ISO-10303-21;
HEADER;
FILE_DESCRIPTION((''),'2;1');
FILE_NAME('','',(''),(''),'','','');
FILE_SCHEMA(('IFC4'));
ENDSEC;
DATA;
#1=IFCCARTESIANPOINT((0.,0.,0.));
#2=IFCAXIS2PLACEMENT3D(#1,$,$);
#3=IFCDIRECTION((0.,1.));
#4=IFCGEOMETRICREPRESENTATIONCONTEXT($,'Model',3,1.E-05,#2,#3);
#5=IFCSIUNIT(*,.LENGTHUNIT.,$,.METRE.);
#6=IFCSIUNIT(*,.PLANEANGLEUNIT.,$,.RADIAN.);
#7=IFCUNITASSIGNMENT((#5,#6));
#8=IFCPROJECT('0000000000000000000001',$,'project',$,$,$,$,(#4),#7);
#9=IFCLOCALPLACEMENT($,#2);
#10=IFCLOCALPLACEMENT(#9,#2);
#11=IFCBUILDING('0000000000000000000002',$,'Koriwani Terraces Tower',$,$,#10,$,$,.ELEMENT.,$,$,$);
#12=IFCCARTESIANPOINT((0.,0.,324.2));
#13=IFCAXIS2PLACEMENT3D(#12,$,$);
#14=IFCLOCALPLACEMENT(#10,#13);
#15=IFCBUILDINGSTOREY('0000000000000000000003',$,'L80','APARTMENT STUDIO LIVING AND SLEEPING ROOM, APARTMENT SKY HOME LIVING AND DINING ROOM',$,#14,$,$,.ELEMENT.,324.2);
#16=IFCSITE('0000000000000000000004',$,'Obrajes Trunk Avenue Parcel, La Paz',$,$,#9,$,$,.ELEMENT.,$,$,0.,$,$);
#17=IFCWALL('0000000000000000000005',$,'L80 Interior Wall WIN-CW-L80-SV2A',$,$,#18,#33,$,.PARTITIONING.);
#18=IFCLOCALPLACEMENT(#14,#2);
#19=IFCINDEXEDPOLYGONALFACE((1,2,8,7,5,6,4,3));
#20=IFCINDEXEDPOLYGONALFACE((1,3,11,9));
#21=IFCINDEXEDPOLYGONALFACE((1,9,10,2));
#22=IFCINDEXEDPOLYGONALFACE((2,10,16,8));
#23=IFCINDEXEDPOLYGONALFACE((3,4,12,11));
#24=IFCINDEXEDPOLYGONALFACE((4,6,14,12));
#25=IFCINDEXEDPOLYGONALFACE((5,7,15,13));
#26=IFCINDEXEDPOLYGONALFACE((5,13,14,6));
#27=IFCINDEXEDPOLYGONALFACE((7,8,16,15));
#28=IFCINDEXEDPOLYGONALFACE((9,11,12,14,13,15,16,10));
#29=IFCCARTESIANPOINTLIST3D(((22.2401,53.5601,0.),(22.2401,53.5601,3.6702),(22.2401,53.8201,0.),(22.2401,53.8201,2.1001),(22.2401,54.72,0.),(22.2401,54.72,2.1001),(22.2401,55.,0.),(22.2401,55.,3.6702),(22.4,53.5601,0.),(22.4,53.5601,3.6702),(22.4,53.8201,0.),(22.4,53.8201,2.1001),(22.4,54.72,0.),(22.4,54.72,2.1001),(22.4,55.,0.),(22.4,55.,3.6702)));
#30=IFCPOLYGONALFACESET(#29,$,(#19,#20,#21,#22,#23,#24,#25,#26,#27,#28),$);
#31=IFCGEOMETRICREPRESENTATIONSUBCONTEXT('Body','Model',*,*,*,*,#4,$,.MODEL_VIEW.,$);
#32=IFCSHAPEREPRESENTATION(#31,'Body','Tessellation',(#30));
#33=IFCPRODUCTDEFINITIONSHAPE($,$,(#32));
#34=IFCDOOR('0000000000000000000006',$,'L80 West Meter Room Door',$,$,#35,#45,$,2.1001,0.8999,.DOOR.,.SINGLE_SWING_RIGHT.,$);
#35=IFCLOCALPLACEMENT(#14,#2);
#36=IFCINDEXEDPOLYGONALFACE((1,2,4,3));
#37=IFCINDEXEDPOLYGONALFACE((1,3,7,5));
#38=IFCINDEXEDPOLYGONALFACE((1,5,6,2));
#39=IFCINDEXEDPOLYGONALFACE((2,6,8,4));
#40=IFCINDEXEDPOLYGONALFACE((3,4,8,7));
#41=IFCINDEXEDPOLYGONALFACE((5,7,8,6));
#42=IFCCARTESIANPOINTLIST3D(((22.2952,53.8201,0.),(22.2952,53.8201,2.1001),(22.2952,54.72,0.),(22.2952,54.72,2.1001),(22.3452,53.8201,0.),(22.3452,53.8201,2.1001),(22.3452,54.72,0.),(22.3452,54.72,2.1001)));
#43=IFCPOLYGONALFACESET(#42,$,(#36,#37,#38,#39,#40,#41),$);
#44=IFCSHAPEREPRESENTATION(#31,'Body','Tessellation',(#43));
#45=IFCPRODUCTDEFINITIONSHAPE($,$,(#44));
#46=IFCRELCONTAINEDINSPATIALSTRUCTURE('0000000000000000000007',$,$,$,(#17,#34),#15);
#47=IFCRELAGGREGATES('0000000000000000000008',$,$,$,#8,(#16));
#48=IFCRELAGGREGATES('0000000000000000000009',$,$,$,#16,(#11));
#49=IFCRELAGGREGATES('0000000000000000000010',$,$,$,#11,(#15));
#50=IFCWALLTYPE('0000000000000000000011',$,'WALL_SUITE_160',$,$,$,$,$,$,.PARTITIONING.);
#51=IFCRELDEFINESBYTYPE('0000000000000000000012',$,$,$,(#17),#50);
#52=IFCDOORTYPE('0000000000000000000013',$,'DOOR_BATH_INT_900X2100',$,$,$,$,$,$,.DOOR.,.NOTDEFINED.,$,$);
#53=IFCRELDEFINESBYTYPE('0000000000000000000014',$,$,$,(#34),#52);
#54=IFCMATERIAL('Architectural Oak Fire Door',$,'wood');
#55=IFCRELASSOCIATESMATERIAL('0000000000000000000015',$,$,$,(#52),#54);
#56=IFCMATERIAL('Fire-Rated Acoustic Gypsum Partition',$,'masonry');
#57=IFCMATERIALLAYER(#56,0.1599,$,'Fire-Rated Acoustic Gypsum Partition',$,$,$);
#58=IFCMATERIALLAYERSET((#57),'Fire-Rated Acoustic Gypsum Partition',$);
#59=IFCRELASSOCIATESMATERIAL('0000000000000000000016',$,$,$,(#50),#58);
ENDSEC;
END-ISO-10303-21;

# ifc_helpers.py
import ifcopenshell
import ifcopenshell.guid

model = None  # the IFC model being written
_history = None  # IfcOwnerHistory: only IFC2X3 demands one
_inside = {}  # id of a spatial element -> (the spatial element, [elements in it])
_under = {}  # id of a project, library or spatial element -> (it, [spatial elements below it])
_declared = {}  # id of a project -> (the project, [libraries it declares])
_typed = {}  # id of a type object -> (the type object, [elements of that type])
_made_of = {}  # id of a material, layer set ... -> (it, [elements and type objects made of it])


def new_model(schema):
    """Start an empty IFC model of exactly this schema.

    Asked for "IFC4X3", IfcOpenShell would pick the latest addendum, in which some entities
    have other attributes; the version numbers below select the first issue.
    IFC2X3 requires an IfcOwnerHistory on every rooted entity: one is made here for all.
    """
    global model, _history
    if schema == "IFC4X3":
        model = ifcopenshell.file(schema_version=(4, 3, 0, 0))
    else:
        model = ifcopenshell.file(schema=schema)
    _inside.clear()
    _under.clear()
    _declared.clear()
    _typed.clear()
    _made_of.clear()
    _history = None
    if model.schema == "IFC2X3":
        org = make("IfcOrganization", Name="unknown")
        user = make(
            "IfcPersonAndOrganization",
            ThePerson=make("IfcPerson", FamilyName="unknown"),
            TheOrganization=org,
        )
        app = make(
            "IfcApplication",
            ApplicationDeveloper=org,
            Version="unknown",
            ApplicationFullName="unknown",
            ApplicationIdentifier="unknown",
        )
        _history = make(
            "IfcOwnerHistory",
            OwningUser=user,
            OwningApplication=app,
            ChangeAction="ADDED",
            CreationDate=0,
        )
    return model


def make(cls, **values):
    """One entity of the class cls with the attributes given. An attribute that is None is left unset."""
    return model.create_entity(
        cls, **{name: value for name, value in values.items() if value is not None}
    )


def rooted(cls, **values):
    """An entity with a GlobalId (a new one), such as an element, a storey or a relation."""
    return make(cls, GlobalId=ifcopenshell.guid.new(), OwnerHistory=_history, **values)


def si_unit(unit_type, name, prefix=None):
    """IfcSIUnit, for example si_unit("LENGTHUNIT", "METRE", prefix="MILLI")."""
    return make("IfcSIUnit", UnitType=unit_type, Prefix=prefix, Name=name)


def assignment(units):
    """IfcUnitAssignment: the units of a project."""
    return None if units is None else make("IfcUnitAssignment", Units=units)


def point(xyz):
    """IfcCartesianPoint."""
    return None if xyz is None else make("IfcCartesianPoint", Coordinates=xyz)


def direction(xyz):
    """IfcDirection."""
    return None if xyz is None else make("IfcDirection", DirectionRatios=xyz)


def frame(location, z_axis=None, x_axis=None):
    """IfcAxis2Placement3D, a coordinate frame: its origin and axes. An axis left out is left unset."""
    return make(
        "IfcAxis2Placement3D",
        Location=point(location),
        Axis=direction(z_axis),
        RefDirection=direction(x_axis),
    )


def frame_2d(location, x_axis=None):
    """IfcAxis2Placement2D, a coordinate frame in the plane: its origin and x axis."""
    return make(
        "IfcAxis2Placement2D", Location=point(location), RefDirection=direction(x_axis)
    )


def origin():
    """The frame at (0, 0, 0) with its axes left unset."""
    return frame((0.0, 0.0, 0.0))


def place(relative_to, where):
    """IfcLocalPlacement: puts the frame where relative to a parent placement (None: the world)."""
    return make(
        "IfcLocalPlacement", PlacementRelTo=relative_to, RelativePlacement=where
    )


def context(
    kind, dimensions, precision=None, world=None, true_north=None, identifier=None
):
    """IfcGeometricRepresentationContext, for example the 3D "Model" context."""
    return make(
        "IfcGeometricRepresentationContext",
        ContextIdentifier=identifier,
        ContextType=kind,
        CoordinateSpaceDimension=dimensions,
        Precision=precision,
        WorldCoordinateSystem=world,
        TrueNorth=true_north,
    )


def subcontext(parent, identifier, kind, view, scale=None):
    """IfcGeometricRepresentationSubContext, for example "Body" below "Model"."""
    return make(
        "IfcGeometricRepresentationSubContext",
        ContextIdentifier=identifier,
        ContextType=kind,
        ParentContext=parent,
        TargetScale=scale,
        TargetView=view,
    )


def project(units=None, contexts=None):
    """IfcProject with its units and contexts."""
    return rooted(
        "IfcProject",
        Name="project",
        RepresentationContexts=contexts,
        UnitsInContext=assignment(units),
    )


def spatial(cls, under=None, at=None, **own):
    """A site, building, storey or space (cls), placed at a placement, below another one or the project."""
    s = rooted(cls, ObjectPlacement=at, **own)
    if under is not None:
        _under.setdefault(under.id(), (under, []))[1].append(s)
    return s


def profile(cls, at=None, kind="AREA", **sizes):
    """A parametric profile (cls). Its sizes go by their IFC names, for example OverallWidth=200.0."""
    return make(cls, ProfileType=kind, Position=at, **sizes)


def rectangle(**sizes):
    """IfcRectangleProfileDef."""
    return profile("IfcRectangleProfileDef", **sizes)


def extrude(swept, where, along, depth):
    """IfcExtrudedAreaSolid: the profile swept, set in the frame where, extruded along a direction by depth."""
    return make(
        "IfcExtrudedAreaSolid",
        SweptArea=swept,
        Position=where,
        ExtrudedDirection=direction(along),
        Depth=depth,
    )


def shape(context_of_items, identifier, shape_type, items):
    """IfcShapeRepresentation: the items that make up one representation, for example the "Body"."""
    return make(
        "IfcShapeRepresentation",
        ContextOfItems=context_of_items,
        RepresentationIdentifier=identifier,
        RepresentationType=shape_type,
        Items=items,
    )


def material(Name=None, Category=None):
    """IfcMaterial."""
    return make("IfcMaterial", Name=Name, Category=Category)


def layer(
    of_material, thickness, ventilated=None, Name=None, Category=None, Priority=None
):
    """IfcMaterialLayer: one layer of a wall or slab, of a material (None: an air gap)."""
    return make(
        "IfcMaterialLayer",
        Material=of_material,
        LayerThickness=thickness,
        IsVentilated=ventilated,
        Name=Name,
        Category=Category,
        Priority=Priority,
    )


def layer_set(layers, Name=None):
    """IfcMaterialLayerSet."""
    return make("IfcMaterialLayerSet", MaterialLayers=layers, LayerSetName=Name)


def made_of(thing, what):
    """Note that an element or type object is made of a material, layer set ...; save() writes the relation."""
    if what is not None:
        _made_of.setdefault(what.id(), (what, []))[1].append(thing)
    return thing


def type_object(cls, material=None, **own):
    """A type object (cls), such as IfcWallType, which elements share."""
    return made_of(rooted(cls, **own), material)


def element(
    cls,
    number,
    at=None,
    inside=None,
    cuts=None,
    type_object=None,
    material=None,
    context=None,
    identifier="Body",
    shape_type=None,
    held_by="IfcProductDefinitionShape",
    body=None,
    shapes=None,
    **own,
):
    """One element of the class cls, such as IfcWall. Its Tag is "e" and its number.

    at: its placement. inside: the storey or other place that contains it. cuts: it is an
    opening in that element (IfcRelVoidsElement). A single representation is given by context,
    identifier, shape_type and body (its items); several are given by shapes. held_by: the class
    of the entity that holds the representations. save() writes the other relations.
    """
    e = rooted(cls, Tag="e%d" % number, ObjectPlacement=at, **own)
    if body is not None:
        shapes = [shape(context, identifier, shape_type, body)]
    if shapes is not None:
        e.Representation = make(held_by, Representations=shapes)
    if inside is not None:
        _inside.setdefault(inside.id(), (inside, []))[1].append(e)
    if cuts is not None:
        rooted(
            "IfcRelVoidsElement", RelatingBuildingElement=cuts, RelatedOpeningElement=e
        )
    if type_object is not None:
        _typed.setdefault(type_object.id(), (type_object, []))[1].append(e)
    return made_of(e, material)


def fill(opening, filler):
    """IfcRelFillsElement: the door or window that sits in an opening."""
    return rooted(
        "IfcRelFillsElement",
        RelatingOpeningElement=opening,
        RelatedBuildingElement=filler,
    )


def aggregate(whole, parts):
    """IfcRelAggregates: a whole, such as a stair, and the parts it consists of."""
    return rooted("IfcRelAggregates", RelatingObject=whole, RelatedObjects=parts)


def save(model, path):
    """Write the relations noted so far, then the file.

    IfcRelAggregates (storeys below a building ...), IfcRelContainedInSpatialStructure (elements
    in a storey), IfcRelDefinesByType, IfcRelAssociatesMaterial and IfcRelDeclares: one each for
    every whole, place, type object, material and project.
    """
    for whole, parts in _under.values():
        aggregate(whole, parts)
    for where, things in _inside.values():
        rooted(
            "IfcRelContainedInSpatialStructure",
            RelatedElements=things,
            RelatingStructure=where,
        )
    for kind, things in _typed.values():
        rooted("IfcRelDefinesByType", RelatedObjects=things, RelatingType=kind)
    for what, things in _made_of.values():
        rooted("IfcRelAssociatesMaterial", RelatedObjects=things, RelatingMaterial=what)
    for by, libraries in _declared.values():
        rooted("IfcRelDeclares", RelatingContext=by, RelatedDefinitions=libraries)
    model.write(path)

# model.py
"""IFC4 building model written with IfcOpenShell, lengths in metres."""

from ifc_helpers import new_model, si_unit, direction, frame, frame_2d, origin, place, context, subcontext, project, spatial, rectangle, extrude, material, layer, layer_set, type_object, element, fill, save


model = new_model("IFC4")

# Units and contexts
model_context = context("Model", 3, precision=1e-05, world=origin(), true_north=direction((0.0, 1.0)))
body_context = subcontext(model_context, "Body", "Model", "MODEL_VIEW")
ifc_project = project(units=[si_unit("LENGTHUNIT", "METRE"), si_unit("PLANEANGLEUNIT", "RADIAN")], contexts=[model_context])

# Site, building, storey
site_placement = place(None, origin())
site = spatial("IfcSite", under=ifc_project, at=site_placement, Name="Obrajes Trunk Avenue Parcel, La Paz", CompositionType="ELEMENT", RefElevation=0.0)
building_placement = place(site_placement, origin())
building = spatial("IfcBuilding", under=site, at=building_placement, Name="Koriwani Terraces Tower", CompositionType="ELEMENT")
storey_placement = place(building_placement, frame((0.0, 0.0, 324.2)))
storey = spatial("IfcBuildingStorey", under=building, at=storey_placement, Name="L80", Description="APARTMENT STUDIO LIVING AND SLEEPING ROOM, APARTMENT SKY HOME LIVING AND DINING ROOM", CompositionType="ELEMENT", Elevation=324.2)

# Shared definitions
ifc_material_1 = material(Name="Fire-Rated Acoustic Gypsum Partition", Category="masonry")

# Shared definitions
ifc_material_2 = material(Name="Architectural Oak Fire Door", Category="wood")
door_type_1 = type_object("IfcDoorType", Name="DOOR_BATH_INT_900X2100", OperationType="NOTDEFINED", PredefinedType="DOOR", material=ifc_material_2)

# Wall, opening, door
ifc_layer_1 = layer(ifc_material_1, 0.1599, Name="Fire-Rated Acoustic Gypsum Partition")
ifc_layer_set_1 = layer_set([ifc_layer_1], Name="Fire-Rated Acoustic Gypsum Partition")
wall_type_1 = type_object("IfcWallType", Name="WALL_SUITE_160", PredefinedType="PARTITIONING", material=ifc_layer_set_1)
wall_1_placement = place(storey_placement, frame((22.3201, 53.5601, 0.0), z_axis=(0.0, 0.0, 1.0), x_axis=(0.0, 1.0, 0.0)))
wall_1 = element("IfcWall", 1, at=wall_1_placement, inside=storey, type_object=wall_type_1, Name="L80 Interior Wall WIN-CW-L80-SV2A", PredefinedType="PARTITIONING", context=body_context, shape_type="SweptSolid", body=[
    extrude(rectangle(XDim=1.4399, YDim=0.1599, at=frame_2d((0.72, 0.0))), origin(), (0.0, 0.0, 1.0), 3.6702),
])
opening_1_placement = place(wall_1_placement, frame((0.26, 0.0, 0.0)))
opening_1 = element("IfcOpeningElement", 2, at=opening_1_placement, cuts=wall_1, PredefinedType="OPENING", context=body_context, shape_type="SweptSolid", body=[
    extrude(rectangle(XDim=0.8999, YDim=2.1001, at=frame_2d((0.45, 1.05))), frame((0.0, 0.0898, 0.0), z_axis=(0.0, -1.0, 0.0), x_axis=(1.0, 0.0, 0.0)), (0.0, 0.0, 1.0), 0.1799),
])
door_1_placement = place(opening_1_placement, origin())
door_1 = element("IfcDoor", 3, at=door_1_placement, inside=storey, type_object=door_type_1, Name="L80 West Meter Room Door", OperationType="SINGLE_SWING_RIGHT", OverallHeight=2.1001, OverallWidth=0.8999, PredefinedType="DOOR", context=body_context, shape_type="SweptSolid", body=[
    extrude(rectangle(XDim=0.8999, YDim=2.1001, at=frame_2d((0.45, 1.05))), frame((0.0, 0.0249, 0.0), z_axis=(0.0, -1.0, 0.0), x_axis=(1.0, 0.0, 0.0)), (0.0, 0.0, 1.0), 0.05),
])
fill(opening_1, door_1)

save(model, "model.ifc")
